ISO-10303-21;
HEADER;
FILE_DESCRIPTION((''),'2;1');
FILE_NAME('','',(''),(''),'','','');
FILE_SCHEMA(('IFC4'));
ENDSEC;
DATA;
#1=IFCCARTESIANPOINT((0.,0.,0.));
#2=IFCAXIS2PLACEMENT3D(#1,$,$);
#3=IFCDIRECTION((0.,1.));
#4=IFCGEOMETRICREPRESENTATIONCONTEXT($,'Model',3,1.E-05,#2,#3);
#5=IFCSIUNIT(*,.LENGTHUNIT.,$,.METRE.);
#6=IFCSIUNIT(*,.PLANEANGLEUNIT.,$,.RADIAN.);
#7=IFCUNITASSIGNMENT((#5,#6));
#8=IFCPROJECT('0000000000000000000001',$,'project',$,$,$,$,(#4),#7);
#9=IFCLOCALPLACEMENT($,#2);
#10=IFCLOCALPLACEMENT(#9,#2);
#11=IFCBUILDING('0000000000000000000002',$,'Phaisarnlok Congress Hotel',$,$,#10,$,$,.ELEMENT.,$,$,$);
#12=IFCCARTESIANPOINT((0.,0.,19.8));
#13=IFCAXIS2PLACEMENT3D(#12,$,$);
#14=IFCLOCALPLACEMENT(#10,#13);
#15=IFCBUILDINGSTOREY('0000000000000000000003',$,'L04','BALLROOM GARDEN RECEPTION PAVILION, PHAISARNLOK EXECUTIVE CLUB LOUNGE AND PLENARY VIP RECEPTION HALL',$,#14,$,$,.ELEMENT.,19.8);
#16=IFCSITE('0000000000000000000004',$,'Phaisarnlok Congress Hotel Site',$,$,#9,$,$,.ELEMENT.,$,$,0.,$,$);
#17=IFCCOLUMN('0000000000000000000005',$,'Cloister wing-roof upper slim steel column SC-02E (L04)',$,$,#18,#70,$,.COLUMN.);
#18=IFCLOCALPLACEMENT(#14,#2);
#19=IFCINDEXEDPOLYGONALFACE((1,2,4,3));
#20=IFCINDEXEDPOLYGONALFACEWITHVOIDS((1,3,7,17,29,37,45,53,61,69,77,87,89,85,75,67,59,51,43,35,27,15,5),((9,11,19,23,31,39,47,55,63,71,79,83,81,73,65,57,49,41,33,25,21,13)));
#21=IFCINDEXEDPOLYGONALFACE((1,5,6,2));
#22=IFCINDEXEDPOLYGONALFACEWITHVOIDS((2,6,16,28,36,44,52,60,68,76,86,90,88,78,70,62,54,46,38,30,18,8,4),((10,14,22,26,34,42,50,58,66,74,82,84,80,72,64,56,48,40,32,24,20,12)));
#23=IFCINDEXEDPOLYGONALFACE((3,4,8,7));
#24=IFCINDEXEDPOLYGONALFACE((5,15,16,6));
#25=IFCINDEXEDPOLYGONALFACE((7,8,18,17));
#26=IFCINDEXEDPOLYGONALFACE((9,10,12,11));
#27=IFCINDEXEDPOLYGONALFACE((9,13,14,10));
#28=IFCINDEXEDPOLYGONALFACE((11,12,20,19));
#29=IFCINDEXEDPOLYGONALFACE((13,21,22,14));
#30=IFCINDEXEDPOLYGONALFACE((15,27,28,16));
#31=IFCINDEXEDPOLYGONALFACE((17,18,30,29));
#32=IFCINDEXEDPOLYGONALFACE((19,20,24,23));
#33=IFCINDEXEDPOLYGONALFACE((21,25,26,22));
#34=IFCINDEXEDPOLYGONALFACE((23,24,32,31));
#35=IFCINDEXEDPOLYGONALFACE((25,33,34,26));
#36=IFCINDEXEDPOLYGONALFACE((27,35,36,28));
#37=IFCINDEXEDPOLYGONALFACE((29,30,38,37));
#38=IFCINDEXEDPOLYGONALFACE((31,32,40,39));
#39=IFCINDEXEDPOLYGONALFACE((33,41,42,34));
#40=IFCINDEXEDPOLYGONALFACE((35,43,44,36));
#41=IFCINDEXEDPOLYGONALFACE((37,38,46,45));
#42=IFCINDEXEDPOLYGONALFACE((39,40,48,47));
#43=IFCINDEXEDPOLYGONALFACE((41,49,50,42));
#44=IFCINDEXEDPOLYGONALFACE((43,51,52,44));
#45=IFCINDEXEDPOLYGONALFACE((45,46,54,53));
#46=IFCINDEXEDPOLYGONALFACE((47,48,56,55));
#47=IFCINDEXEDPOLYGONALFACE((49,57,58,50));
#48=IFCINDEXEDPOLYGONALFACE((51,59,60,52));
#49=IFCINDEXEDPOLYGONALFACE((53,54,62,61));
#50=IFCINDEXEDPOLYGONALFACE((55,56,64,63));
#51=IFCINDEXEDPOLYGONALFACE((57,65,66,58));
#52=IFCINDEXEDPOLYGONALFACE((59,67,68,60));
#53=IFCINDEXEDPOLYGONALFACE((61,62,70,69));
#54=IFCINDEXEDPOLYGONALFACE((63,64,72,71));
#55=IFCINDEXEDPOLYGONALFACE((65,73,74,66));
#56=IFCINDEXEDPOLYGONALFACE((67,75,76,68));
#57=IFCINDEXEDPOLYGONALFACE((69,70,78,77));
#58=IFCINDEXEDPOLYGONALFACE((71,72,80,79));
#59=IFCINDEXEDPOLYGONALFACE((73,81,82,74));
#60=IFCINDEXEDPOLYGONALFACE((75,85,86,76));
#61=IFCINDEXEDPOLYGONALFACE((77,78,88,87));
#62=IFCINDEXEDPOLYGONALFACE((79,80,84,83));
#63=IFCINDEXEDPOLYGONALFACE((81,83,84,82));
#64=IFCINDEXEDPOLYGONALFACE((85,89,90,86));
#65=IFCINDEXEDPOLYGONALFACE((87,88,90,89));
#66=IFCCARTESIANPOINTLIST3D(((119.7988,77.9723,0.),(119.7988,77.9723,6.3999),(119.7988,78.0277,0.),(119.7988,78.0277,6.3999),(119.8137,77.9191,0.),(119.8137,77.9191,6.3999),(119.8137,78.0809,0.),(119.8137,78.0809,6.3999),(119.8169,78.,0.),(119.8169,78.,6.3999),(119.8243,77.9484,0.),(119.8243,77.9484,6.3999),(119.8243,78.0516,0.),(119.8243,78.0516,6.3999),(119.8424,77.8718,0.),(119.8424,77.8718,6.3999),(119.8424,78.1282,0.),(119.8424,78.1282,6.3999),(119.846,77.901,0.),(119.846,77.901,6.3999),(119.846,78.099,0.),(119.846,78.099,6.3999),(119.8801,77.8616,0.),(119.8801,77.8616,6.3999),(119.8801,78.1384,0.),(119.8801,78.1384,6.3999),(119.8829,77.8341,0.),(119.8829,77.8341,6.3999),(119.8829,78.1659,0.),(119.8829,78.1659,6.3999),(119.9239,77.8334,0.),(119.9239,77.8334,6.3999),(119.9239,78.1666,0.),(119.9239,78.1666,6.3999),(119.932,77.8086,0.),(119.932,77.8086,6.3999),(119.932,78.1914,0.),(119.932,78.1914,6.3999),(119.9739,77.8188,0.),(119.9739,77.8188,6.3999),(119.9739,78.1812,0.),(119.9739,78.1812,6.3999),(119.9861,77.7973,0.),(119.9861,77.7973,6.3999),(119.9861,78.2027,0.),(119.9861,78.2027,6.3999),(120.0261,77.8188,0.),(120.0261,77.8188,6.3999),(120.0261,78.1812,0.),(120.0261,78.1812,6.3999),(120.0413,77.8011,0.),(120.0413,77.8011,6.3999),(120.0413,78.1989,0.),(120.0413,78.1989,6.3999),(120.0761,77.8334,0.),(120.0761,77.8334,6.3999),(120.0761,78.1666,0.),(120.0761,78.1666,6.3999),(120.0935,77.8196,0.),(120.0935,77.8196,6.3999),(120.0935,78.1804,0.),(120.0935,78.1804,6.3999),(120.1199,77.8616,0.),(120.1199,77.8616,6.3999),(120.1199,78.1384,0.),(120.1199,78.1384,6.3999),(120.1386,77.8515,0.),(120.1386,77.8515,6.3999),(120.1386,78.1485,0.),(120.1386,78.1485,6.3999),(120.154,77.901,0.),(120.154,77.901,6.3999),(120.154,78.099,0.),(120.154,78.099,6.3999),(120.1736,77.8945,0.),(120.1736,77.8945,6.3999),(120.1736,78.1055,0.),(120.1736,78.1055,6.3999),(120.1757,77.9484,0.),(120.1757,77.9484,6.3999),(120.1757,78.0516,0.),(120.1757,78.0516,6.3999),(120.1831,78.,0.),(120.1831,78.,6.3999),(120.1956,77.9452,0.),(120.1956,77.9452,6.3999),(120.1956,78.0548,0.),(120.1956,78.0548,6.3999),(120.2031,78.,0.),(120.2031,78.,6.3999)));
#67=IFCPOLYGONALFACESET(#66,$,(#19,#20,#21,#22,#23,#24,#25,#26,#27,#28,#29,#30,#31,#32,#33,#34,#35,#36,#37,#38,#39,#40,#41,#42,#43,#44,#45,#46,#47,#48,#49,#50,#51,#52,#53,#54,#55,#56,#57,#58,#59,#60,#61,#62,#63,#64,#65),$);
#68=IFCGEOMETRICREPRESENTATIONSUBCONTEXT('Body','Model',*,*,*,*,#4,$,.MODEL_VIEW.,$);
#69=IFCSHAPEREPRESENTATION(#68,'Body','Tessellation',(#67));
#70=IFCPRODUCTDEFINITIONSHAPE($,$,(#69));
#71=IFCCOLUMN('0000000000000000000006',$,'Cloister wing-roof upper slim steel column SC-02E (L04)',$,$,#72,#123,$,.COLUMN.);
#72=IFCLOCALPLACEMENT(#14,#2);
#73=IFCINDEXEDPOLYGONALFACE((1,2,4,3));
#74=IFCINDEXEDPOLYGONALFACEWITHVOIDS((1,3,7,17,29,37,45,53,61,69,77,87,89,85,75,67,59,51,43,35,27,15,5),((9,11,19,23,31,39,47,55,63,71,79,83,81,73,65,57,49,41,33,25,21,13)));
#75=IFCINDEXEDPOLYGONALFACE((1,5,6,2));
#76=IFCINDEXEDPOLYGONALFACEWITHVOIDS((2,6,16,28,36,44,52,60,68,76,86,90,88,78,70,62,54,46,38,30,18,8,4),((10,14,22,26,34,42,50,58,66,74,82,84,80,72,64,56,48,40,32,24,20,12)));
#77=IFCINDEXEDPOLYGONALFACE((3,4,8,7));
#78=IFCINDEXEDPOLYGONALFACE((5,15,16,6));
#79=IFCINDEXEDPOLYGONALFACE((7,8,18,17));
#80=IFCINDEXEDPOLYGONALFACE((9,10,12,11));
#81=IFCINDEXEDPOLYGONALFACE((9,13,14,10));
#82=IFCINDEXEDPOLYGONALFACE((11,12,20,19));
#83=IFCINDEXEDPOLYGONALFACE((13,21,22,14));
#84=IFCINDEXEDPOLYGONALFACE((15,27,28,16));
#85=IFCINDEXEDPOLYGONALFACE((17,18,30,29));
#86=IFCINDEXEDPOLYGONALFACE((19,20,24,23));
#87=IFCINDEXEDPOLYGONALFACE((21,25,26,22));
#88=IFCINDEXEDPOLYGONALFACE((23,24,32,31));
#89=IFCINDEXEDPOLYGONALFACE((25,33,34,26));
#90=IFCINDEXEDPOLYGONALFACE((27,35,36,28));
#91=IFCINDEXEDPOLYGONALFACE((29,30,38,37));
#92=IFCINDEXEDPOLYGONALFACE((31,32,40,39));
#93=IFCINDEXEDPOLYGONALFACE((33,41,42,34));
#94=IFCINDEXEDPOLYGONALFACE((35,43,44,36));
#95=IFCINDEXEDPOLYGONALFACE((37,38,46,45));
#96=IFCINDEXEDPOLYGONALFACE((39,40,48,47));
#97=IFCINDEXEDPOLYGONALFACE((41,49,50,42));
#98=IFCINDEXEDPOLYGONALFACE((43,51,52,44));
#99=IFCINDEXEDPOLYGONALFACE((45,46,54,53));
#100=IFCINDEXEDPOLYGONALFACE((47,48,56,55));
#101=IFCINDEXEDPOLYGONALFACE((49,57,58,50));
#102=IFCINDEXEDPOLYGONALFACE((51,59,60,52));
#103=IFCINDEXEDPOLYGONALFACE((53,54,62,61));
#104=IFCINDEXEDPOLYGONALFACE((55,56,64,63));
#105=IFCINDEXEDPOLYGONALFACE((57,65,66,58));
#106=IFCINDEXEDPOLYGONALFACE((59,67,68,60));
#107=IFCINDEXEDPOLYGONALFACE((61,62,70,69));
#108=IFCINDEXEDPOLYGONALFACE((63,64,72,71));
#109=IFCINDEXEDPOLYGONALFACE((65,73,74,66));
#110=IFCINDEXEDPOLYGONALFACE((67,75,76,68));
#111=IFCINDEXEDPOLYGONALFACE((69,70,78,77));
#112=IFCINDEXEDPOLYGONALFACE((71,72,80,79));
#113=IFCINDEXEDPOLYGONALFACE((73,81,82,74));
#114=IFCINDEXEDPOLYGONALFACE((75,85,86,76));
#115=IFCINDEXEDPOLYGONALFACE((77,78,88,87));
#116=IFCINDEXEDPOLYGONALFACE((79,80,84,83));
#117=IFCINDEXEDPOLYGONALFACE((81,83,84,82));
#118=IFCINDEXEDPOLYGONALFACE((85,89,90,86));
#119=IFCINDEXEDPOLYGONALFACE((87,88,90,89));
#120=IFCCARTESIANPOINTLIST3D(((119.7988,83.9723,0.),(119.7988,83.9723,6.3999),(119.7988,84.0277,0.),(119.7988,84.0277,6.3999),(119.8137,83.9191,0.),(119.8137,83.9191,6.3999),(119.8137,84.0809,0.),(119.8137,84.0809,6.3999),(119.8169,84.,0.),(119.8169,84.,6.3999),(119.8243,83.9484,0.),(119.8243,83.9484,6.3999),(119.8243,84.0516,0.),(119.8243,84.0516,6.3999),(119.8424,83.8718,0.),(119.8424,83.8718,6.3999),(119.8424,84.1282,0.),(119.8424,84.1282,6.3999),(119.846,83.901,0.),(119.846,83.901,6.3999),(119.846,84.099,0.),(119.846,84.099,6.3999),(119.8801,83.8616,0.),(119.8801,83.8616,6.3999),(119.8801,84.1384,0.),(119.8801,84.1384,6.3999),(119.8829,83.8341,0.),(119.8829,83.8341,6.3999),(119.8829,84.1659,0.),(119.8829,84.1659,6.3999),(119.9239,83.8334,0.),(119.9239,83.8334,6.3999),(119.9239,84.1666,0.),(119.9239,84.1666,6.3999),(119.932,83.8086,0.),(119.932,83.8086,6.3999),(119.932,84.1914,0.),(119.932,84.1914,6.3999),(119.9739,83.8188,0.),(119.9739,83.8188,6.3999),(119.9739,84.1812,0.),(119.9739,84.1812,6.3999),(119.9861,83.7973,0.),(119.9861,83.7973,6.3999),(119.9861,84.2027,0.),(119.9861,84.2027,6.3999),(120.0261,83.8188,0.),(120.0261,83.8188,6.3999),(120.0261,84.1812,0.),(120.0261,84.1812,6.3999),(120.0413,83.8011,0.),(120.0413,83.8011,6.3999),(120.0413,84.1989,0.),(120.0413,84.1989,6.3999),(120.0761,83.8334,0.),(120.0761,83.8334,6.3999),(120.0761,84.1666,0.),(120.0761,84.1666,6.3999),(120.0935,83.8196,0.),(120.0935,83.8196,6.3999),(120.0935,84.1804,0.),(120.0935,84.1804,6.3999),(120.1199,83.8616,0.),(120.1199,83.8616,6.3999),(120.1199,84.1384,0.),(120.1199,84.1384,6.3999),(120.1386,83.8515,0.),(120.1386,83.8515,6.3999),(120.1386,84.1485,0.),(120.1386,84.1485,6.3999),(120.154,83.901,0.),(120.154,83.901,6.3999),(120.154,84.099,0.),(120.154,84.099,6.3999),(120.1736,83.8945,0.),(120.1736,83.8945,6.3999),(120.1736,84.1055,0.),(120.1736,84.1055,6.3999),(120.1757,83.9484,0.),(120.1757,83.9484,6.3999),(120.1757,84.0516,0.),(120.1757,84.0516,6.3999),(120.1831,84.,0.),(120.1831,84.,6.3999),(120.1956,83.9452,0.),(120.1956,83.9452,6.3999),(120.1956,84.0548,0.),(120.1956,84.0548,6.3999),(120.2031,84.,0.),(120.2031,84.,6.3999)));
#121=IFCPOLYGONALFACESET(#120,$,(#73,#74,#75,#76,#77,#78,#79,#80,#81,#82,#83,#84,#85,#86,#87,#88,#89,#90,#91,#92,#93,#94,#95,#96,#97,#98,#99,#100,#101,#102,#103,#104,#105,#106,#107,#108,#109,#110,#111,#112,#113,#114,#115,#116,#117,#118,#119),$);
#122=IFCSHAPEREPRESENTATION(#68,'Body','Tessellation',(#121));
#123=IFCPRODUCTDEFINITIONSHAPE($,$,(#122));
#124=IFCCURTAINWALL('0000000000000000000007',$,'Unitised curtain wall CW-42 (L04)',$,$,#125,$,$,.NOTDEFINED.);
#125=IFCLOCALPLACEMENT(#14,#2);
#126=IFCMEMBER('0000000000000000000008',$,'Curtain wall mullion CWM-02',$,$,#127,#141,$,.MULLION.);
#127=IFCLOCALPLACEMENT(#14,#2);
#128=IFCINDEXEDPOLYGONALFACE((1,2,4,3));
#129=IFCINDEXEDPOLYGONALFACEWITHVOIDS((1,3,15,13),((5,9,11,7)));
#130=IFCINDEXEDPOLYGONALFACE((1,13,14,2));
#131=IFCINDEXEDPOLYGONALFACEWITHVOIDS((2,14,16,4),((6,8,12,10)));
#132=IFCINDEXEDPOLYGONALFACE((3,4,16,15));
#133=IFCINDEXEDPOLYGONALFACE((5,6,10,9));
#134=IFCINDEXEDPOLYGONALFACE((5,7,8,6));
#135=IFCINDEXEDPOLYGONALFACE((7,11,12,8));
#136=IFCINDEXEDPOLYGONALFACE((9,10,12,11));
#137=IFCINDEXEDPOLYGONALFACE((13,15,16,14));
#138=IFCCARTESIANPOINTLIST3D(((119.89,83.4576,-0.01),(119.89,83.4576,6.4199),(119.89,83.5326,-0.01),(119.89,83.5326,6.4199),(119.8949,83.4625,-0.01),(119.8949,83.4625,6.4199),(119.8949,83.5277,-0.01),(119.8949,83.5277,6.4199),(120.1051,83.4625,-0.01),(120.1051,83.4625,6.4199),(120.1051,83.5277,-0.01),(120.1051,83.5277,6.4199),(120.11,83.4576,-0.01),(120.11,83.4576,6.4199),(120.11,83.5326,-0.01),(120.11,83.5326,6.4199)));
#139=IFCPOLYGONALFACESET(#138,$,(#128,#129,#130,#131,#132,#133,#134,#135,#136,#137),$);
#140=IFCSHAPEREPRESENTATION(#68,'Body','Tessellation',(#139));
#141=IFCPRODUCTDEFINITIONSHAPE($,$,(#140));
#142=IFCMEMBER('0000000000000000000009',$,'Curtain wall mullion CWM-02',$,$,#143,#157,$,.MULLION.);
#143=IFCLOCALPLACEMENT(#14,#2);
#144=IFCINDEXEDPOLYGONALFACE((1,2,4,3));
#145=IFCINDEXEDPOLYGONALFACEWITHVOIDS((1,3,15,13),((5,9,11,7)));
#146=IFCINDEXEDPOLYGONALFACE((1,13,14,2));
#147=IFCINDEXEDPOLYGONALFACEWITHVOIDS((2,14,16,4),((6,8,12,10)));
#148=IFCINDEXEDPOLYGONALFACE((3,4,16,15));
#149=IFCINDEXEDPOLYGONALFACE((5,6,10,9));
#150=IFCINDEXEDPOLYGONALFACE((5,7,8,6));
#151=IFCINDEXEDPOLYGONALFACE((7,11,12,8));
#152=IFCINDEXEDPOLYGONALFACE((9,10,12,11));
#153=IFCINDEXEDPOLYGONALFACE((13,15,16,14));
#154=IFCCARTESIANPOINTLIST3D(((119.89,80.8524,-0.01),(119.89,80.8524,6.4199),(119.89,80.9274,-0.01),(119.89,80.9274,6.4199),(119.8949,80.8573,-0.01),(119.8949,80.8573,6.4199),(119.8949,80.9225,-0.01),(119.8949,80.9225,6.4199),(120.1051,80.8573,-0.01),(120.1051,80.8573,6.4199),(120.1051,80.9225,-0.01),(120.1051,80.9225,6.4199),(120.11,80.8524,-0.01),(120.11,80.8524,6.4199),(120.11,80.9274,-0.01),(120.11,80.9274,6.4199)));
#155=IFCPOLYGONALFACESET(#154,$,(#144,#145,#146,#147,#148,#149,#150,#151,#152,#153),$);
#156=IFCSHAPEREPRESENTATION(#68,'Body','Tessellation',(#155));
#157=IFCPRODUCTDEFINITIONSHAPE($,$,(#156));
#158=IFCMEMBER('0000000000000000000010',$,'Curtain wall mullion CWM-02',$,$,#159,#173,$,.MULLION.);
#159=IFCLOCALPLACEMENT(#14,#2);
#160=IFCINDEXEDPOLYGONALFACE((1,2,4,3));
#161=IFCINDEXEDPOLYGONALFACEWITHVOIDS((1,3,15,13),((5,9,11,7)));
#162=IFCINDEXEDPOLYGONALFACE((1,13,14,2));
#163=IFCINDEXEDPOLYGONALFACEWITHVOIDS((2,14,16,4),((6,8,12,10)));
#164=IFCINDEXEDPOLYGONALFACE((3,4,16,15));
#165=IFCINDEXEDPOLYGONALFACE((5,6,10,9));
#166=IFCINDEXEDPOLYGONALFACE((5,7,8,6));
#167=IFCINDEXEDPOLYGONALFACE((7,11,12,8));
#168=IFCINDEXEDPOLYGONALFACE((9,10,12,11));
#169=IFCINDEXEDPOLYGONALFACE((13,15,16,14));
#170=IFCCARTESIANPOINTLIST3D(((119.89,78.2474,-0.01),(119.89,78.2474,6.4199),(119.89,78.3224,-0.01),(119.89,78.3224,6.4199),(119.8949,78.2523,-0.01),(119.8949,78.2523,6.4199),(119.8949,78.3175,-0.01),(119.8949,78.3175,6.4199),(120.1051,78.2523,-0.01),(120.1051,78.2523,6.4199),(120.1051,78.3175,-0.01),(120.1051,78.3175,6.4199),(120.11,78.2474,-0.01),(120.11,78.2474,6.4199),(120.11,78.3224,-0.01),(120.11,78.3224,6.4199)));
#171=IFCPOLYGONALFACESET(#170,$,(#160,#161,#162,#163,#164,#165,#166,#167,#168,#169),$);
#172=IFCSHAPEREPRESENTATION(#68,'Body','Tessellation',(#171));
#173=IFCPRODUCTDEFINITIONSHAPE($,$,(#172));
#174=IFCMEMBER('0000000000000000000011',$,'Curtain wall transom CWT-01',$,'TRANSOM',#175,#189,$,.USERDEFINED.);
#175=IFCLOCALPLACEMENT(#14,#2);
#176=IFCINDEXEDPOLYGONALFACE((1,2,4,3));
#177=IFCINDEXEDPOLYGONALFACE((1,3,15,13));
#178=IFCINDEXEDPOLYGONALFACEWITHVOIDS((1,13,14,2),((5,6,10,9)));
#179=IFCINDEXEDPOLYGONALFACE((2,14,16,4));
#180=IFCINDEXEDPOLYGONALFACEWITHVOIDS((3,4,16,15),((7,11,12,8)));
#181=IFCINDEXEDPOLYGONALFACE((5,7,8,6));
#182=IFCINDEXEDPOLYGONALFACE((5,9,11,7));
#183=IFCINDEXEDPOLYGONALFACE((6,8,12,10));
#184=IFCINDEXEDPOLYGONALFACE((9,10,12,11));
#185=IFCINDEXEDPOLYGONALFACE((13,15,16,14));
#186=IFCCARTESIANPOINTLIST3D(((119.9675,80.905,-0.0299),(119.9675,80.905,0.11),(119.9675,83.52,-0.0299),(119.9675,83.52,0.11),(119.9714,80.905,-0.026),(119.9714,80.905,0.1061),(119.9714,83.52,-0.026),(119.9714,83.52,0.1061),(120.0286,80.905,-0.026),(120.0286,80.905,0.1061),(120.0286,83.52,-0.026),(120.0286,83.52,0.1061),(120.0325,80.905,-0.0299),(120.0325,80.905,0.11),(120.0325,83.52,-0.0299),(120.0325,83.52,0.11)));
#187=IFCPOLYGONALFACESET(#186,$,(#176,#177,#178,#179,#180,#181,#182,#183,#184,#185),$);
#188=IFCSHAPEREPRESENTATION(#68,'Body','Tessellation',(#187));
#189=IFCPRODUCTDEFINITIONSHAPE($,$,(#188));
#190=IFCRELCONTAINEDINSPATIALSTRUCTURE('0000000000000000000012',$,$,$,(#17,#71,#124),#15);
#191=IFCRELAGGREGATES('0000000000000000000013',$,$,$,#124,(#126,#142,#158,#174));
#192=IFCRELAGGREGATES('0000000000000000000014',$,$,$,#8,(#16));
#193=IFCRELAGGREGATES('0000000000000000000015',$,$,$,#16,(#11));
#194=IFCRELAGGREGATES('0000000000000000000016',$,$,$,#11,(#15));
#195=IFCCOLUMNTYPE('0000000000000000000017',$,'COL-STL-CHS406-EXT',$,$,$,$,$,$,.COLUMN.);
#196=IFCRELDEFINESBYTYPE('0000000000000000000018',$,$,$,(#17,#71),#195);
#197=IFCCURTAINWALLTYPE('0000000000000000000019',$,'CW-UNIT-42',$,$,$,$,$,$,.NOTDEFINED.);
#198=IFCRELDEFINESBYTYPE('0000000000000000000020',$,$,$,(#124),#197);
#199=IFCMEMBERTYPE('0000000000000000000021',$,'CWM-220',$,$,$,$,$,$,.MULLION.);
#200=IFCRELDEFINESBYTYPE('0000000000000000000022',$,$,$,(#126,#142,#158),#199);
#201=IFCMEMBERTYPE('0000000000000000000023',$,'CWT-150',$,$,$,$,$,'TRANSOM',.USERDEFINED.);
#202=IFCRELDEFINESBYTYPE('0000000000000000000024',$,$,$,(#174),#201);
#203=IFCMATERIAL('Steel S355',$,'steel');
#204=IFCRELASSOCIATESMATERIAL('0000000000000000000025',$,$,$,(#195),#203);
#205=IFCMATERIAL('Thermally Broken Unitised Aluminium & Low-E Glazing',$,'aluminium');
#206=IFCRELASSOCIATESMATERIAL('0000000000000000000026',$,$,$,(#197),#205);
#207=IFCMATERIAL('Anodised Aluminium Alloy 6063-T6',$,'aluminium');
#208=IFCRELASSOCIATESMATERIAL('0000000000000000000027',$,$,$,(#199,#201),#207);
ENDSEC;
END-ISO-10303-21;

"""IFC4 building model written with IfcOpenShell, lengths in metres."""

from ifc_helpers import new_model, si_unit, direction, frame, origin, origin_2d, place, context, subcontext, project, spatial, hollow_rectangle, hollow_circle, extrude, material, material_profile, profile_set, type_object, element, aggregate, save


model = new_model("IFC4")

# Units and contexts
model_context = context("Model", 3, precision=1e-05, world=origin(), true_north=direction((0.0, 1.0)))
body_context = subcontext(model_context, "Body", "Model", "MODEL_VIEW")
ifc_project = project(units=[si_unit("LENGTHUNIT", "METRE"), si_unit("PLANEANGLEUNIT", "RADIAN")], contexts=[model_context])

# Site, building, storey
site_placement = place(None, origin())
site = spatial("IfcSite", under=ifc_project, at=site_placement, Name="Phaisarnlok Congress Hotel Site", CompositionType="ELEMENT", RefElevation=0.0)
building_placement = place(site_placement, origin())
building = spatial("IfcBuilding", under=site, at=building_placement, Name="Phaisarnlok Congress Hotel", CompositionType="ELEMENT")
storey_placement = place(building_placement, frame((0.0, 0.0, 19.8)))
storey = spatial("IfcBuildingStorey", under=building, at=storey_placement, Name="L04", Description="BALLROOM GARDEN RECEPTION PAVILION, PHAISARNLOK EXECUTIVE CLUB LOUNGE AND PLENARY VIP RECEPTION HALL", CompositionType="ELEMENT", Elevation=19.8)

# Columns
ifc_material_1 = material(Name="Steel S355", Category="steel")
ifc_material_profile_1 = material_profile(ifc_material_1, hollow_circle(Radius=0.2031, WallThickness=0.02, at=origin_2d()), Name="CHS 406.4x20")
ifc_profile_set_1 = profile_set([ifc_material_profile_1], Name="Steel S355")
column_type = type_object("IfcColumnType", Name="COL-STL-CHS406-EXT", PredefinedType="COLUMN", material=ifc_profile_set_1)
for number, where, z_axis, x_axis, name in (
    (1, (120.0, 78.0, 0.0), (0.0, 0.0, 1.0), (1.0, 0.0, 0.0), "Cloister wing-roof upper slim steel column SC-02E (L04)"),
    (2, (120.0, 84.0, 0.0), (0.0, 0.0, 1.0), (1.0, 0.0, 0.0), "Cloister wing-roof upper slim steel column SC-02E (L04)"),
):
    element("IfcColumn", number, at=place(storey_placement, frame(where, z_axis=z_axis, x_axis=x_axis)), inside=storey, type_object=column_type, Name=name, PredefinedType="COLUMN", context=body_context, shape_type="SweptSolid", body=[
        extrude(hollow_circle(Radius=0.2031, WallThickness=0.02, at=origin_2d()), origin(), (0.0, 0.0, 1.0), 6.3999),
    ])

# Curtain wall, members
ifc_material_2 = material(Name="Thermally Broken Unitised Aluminium & Low-E Glazing", Category="aluminium")
curtain_wall_type_1 = type_object("IfcCurtainWallType", Name="CW-UNIT-42", PredefinedType="NOTDEFINED", material=ifc_material_2)
curtain_wall_1_placement = place(storey_placement, origin())
curtain_wall_1 = element("IfcCurtainWall", 3, at=curtain_wall_1_placement, inside=storey, type_object=curtain_wall_type_1, Name="Unitised curtain wall CW-42 (L04)", PredefinedType="NOTDEFINED")
ifc_material_3 = material(Name="Anodised Aluminium Alloy 6063-T6", Category="aluminium")
ifc_material_profile_2 = material_profile(ifc_material_3, hollow_rectangle(XDim=0.075, YDim=0.22, WallThickness=0.0049, at=origin_2d()), Name="ALU-M 75x220x5")
ifc_profile_set_2 = profile_set([ifc_material_profile_2], Name="Anodised Aluminium Alloy 6063-T6")
member_type_1 = type_object("IfcMemberType", Name="CWM-220", PredefinedType="MULLION", material=ifc_profile_set_2)
member_1_placement = place(storey_placement, frame((120.0, 83.4951, -0.01), z_axis=(0.0, 0.0, 1.0), x_axis=(0.0, -1.0, 0.0)))
member_1 = element("IfcMember", 4, at=member_1_placement, type_object=member_type_1, Name="Curtain wall mullion CWM-02", PredefinedType="MULLION", context=body_context, shape_type="SweptSolid", body=[
    extrude(hollow_rectangle(XDim=0.075, YDim=0.22, WallThickness=0.0049, at=origin_2d()), origin(), (0.0, 0.0, 1.0), 6.4299),
])
member_2_placement = place(storey_placement, frame((120.0, 80.8899, -0.01), z_axis=(0.0, 0.0, 1.0), x_axis=(0.0, -1.0, 0.0)))
member_2 = element("IfcMember", 5, at=member_2_placement, type_object=member_type_1, Name="Curtain wall mullion CWM-02", PredefinedType="MULLION", context=body_context, shape_type="SweptSolid", body=[
    extrude(hollow_rectangle(XDim=0.075, YDim=0.22, WallThickness=0.0049, at=origin_2d()), origin(), (0.0, 0.0, 1.0), 6.4299),
])
member_3_placement = place(storey_placement, frame((120.0, 78.2849, -0.01), z_axis=(0.0, 0.0, 1.0), x_axis=(0.0, -1.0, 0.0)))
member_3 = element("IfcMember", 6, at=member_3_placement, type_object=member_type_1, Name="Curtain wall mullion CWM-02", PredefinedType="MULLION", context=body_context, shape_type="SweptSolid", body=[
    extrude(hollow_rectangle(XDim=0.075, YDim=0.22, WallThickness=0.0049, at=origin_2d()), origin(), (0.0, 0.0, 1.0), 6.4299),
])
ifc_material_profile_3 = material_profile(ifc_material_3, hollow_rectangle(XDim=0.0649, YDim=0.1399, WallThickness=0.0039, at=origin_2d()), Name="ALU-T 65x140x4")
ifc_profile_set_3 = profile_set([ifc_material_profile_3], Name="Anodised Aluminium Alloy 6063-T6")
member_type_2 = type_object("IfcMemberType", Name="CWT-150", ElementType="TRANSOM", PredefinedType="USERDEFINED", material=ifc_profile_set_3)
member_4_placement = place(storey_placement, frame((120.0, 83.52, 0.04), z_axis=(0.0, -1.0, 0.0), x_axis=(1.0, 0.0, 0.0)))
member_4 = element("IfcMember", 7, at=member_4_placement, type_object=member_type_2, Name="Curtain wall transom CWT-01", ObjectType="TRANSOM", PredefinedType="USERDEFINED", context=body_context, shape_type="SweptSolid", body=[
    extrude(hollow_rectangle(XDim=0.0649, YDim=0.1399, WallThickness=0.0039, at=origin_2d()), origin(), (0.0, 0.0, 1.0), 2.615),
])

aggregate(curtain_wall_1, [member_1, member_2, member_3, member_4])

save(model, "model.ifc")
